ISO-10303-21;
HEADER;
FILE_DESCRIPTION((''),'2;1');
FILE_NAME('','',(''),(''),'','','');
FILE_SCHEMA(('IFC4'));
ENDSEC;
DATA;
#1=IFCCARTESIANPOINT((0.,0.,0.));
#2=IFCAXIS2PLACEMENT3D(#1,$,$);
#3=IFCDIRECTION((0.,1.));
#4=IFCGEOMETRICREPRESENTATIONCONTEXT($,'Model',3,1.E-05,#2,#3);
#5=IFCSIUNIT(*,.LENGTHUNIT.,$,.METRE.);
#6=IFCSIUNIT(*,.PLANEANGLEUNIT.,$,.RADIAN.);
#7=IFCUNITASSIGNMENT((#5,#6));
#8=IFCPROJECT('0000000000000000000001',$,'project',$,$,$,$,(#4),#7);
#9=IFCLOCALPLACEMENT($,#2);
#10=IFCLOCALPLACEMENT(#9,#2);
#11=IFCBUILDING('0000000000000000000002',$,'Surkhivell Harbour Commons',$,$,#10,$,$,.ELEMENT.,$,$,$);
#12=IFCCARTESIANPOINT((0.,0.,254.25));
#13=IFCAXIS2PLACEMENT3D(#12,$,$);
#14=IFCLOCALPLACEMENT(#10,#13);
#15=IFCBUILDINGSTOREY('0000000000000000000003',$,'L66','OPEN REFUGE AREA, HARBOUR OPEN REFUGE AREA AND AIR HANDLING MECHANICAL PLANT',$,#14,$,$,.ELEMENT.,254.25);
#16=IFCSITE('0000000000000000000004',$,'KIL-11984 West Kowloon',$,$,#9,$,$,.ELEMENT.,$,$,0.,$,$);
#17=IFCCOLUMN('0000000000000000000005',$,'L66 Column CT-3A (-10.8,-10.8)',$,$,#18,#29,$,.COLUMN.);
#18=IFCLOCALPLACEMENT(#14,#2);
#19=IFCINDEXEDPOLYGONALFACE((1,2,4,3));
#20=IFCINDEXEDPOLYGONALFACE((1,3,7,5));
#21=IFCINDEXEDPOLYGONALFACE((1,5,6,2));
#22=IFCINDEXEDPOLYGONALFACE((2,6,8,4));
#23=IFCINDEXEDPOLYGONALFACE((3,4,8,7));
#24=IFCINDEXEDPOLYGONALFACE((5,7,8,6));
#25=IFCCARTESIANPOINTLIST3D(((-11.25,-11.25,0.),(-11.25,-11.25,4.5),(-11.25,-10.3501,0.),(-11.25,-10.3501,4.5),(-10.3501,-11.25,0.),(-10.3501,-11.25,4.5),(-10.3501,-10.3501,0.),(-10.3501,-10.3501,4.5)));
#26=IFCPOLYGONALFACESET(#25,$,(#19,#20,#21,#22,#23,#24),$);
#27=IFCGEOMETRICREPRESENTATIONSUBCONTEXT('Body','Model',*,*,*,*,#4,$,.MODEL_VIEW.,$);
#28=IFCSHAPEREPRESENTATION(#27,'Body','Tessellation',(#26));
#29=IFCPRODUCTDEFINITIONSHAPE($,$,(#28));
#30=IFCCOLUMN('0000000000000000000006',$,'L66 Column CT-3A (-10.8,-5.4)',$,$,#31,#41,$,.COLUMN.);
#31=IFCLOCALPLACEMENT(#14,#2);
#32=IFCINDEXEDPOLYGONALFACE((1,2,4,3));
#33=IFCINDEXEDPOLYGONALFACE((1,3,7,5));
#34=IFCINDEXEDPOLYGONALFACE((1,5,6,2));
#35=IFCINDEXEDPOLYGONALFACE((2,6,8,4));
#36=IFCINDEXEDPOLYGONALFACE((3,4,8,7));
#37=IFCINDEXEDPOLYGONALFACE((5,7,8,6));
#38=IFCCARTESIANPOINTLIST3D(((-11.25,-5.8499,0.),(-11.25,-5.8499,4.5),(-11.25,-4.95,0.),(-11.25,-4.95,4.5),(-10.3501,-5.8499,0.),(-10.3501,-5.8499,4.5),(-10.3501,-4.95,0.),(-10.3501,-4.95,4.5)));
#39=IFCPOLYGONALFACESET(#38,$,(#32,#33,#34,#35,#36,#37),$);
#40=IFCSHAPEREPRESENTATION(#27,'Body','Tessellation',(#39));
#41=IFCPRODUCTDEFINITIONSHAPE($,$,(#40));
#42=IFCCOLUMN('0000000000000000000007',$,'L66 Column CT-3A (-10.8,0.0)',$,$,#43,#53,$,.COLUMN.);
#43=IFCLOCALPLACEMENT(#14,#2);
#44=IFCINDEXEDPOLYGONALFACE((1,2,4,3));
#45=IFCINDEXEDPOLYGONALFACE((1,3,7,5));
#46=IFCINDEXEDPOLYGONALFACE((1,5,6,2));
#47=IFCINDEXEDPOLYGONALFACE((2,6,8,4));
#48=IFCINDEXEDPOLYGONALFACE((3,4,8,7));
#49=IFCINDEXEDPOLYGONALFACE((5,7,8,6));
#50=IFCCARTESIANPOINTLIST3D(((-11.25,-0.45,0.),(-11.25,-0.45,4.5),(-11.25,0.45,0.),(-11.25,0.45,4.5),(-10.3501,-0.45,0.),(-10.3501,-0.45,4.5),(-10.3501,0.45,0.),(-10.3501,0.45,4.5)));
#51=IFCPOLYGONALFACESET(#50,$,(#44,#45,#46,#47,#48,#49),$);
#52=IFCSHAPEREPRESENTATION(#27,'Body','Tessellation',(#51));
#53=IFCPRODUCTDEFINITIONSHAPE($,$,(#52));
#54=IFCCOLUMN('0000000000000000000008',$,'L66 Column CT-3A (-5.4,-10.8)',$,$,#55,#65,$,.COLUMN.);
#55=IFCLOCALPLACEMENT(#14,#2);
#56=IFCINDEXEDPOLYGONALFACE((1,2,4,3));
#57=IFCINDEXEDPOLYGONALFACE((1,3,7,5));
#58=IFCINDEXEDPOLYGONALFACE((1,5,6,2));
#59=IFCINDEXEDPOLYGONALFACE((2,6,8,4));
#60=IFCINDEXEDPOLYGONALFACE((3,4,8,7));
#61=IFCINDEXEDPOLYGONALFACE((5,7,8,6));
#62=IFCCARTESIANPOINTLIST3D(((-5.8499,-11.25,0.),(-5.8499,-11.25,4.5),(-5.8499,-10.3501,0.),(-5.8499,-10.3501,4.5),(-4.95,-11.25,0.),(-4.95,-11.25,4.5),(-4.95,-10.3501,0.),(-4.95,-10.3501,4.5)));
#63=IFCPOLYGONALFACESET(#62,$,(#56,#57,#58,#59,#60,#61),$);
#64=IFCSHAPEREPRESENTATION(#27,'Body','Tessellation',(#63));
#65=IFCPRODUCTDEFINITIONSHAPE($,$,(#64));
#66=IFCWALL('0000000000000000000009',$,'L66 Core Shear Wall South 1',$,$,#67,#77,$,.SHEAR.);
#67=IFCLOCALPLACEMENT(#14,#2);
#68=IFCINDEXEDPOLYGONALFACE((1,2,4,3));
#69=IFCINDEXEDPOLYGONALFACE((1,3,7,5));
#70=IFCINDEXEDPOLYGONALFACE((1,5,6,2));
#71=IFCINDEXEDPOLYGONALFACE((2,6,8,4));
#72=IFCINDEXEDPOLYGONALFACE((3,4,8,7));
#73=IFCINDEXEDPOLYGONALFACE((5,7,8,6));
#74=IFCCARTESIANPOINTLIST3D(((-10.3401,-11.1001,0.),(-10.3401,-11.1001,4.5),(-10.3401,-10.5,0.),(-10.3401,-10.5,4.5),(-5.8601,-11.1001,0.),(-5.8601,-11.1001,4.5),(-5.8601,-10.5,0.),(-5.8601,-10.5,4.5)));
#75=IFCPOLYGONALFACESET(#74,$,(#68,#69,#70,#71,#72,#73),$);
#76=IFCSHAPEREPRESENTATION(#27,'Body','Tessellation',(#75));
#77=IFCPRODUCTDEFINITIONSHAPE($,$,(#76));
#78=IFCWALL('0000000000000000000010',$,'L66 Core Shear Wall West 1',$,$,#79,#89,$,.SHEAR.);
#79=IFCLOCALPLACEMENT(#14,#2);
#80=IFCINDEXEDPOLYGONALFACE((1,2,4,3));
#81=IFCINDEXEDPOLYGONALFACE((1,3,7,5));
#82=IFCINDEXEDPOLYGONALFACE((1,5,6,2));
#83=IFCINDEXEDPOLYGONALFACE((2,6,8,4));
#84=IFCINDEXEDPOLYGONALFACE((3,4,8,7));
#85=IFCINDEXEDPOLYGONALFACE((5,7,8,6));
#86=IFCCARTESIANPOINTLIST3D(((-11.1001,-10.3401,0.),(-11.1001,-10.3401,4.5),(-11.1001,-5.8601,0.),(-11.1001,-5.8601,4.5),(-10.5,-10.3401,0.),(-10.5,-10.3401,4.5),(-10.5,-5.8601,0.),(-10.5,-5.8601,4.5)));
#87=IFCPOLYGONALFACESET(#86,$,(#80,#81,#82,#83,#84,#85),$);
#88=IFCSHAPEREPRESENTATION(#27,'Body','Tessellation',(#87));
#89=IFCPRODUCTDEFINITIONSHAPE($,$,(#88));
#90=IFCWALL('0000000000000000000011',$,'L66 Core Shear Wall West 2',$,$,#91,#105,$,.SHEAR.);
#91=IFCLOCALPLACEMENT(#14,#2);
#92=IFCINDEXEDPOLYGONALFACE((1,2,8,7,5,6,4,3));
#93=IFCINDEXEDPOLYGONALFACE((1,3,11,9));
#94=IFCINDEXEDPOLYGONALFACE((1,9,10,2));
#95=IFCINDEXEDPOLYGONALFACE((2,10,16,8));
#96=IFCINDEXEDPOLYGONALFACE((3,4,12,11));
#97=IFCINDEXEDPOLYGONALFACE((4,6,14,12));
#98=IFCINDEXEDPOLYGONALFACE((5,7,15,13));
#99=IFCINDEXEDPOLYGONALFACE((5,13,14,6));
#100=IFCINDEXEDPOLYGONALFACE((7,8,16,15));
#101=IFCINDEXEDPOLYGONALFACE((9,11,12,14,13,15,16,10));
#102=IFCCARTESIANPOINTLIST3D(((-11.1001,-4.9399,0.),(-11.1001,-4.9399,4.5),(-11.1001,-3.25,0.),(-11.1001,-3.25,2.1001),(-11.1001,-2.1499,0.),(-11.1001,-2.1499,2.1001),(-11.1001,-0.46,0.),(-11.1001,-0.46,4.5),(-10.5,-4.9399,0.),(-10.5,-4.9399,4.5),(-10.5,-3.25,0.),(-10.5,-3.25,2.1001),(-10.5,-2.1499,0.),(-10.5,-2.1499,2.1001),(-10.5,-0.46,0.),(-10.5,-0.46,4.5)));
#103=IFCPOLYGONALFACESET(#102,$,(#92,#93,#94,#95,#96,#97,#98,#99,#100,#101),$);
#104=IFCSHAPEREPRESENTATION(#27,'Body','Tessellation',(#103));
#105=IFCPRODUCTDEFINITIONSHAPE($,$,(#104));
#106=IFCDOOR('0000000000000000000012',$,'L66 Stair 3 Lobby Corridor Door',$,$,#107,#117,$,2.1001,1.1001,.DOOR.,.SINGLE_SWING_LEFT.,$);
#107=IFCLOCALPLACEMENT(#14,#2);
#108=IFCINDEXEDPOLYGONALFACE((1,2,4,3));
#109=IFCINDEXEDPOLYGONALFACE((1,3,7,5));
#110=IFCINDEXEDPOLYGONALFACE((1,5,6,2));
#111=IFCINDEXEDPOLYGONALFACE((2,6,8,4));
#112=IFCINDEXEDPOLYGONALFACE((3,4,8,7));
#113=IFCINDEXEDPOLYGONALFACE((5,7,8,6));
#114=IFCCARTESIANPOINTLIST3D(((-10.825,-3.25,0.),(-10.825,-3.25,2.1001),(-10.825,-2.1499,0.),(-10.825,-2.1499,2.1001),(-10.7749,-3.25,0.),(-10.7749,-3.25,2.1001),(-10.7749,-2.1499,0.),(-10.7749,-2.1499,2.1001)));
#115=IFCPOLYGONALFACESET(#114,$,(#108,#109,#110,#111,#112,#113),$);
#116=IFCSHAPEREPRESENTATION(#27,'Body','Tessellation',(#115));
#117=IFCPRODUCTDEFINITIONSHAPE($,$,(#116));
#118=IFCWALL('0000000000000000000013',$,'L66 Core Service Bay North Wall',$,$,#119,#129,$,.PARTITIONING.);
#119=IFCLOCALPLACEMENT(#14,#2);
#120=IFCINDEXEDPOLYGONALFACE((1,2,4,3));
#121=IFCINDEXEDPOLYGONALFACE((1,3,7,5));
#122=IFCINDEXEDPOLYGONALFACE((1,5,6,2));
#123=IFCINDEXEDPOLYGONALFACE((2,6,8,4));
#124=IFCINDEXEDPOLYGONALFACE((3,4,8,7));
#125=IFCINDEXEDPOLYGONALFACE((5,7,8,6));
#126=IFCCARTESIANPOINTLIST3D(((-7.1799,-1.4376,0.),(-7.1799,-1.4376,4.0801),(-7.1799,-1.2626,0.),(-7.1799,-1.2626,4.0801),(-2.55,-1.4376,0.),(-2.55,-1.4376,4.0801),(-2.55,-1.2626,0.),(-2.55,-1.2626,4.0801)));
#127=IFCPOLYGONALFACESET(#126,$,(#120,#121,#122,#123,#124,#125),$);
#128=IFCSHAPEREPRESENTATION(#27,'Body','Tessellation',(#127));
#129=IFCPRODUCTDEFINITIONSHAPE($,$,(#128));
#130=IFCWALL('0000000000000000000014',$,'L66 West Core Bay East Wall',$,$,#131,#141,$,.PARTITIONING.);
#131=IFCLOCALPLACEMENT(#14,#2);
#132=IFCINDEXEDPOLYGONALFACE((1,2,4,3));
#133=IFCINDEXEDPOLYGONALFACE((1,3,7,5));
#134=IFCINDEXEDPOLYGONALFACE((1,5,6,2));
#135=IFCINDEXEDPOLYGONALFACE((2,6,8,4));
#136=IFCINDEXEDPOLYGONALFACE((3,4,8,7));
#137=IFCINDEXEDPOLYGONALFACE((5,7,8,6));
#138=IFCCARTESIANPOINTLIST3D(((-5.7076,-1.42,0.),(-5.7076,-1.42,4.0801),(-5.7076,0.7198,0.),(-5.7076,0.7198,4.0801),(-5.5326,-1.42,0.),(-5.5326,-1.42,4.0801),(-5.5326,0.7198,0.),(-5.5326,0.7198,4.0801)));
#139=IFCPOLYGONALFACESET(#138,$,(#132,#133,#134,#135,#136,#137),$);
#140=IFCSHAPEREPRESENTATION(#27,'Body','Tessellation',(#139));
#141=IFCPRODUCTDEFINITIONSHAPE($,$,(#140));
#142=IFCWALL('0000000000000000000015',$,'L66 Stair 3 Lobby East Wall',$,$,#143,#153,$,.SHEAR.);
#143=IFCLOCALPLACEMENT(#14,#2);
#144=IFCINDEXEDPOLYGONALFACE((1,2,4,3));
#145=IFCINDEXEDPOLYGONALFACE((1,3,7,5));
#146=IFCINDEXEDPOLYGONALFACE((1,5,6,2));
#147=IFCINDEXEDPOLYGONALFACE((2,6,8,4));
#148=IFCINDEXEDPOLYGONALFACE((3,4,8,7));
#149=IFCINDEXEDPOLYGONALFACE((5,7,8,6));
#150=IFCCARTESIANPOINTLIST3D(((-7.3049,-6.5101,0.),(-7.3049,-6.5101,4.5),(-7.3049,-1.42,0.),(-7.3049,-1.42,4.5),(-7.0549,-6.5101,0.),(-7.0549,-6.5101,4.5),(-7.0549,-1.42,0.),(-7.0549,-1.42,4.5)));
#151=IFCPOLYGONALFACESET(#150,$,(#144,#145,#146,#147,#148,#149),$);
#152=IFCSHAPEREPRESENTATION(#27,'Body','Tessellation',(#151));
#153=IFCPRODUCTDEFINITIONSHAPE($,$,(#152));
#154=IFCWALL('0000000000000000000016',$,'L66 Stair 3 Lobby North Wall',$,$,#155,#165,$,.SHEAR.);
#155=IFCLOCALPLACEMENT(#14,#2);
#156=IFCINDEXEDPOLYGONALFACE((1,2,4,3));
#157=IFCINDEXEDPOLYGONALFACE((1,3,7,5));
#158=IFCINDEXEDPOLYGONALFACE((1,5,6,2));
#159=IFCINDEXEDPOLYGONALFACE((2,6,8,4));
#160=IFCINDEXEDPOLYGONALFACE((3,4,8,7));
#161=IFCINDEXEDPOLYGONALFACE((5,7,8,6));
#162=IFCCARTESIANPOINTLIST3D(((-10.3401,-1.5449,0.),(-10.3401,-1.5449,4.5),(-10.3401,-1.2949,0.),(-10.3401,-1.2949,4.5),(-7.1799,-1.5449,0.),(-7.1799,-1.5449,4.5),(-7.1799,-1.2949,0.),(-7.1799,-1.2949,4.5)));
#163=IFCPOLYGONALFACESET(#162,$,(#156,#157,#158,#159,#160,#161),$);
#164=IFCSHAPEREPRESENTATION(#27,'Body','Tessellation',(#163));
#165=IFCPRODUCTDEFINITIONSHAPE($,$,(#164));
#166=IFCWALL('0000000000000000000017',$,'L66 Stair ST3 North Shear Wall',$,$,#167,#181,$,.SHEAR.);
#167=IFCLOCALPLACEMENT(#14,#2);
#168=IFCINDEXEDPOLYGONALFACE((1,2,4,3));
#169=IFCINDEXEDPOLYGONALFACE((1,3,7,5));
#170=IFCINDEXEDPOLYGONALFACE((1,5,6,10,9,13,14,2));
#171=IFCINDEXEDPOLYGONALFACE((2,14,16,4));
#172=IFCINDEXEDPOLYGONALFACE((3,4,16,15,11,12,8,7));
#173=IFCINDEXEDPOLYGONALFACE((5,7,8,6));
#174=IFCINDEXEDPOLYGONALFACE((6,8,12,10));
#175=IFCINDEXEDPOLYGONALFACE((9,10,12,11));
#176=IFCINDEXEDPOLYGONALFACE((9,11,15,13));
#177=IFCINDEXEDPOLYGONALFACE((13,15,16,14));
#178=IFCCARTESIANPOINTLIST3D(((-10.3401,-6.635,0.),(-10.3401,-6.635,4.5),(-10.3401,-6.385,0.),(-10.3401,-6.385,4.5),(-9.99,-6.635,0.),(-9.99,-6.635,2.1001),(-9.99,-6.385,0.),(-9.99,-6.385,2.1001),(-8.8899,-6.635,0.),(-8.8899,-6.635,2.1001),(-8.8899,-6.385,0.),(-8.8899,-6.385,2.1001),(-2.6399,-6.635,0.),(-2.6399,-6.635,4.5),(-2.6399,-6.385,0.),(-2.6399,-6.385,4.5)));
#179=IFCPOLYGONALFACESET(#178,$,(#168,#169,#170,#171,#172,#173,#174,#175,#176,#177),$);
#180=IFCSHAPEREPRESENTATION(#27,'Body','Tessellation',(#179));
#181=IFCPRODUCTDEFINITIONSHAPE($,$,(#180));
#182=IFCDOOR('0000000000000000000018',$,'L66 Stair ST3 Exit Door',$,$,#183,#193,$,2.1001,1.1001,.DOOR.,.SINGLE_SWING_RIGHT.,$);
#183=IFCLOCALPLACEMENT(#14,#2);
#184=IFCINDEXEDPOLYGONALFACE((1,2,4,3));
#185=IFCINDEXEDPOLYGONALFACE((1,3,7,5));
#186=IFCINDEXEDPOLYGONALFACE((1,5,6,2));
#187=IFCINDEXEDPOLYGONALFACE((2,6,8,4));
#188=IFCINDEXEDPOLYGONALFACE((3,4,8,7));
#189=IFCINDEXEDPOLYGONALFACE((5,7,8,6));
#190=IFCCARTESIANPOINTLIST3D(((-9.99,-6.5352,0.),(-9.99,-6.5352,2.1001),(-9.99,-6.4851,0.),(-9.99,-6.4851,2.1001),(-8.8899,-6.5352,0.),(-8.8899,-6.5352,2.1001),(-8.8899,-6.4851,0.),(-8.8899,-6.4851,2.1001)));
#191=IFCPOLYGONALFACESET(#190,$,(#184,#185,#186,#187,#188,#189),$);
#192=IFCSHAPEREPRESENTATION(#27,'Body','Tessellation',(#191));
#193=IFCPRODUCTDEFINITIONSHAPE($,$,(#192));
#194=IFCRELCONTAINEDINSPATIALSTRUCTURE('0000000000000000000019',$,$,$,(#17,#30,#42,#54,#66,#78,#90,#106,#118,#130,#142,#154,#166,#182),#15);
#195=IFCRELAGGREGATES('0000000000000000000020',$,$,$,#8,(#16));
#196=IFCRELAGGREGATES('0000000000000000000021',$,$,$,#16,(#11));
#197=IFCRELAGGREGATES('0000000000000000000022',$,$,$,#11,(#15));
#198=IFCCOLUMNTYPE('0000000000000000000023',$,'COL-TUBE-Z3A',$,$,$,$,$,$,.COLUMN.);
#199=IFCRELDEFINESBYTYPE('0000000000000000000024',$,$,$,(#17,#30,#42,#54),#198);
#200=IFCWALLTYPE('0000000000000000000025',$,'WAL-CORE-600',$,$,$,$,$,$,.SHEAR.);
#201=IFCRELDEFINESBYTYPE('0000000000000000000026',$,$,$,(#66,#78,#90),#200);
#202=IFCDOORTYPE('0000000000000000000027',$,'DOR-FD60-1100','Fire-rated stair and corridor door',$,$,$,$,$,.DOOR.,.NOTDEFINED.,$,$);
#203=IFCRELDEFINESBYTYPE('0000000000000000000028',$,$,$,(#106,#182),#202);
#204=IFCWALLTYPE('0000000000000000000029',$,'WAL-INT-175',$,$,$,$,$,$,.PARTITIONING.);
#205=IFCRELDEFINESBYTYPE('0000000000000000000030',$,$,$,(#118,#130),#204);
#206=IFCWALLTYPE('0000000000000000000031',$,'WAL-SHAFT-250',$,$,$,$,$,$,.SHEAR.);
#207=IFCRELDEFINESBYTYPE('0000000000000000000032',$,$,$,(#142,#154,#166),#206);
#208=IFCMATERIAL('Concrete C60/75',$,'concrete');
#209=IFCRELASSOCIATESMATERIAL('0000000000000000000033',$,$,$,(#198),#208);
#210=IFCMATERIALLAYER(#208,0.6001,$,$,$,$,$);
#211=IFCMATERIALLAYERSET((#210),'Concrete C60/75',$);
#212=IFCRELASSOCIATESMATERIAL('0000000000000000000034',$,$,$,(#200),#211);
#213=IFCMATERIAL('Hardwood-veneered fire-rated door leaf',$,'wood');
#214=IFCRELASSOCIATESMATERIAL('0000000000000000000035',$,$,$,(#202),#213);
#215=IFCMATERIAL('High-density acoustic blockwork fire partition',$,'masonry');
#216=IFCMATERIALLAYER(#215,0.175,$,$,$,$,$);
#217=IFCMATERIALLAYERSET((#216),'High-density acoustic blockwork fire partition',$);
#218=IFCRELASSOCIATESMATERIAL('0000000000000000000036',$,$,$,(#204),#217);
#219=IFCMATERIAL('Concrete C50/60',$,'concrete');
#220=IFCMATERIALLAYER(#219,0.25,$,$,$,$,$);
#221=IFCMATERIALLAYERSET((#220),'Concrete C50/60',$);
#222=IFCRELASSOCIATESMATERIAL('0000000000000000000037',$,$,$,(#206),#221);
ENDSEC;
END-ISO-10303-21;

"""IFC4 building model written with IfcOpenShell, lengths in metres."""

from ifc_helpers import new_model, si_unit, direction, frame, frame_2d, origin, origin_2d, place, context, subcontext, project, spatial, rectangle, extrude, material, layer, layer_set, material_profile, profile_set, type_object, element, fill, save


model = new_model("IFC4")

# Units and contexts
model_context = context("Model", 3, precision=1e-05, world=origin(), true_north=direction((0.0, 1.0)))
body_context = subcontext(model_context, "Body", "Model", "MODEL_VIEW")
ifc_project = project(units=[si_unit("LENGTHUNIT", "METRE"), si_unit("PLANEANGLEUNIT", "RADIAN")], contexts=[model_context])

# Site, building, storey
site_placement = place(None, origin())
site = spatial("IfcSite", under=ifc_project, at=site_placement, Name="KIL-11984 West Kowloon", CompositionType="ELEMENT", RefElevation=0.0)
building_placement = place(site_placement, origin())
building = spatial("IfcBuilding", under=site, at=building_placement, Name="Surkhivell Harbour Commons", CompositionType="ELEMENT")
storey_placement = place(building_placement, frame((0.0, 0.0, 254.25)))
storey = spatial("IfcBuildingStorey", under=building, at=storey_placement, Name="L66", Description="OPEN REFUGE AREA, HARBOUR OPEN REFUGE AREA AND AIR HANDLING MECHANICAL PLANT", CompositionType="ELEMENT", Elevation=254.25)

# Columns
ifc_material_1 = material(Name="Concrete C60/75", Category="concrete")
ifc_material_profile = material_profile(ifc_material_1, rectangle(XDim=0.8999, YDim=0.8999, at=origin_2d()), Name="RC-COL-900x900")
ifc_profile_set = profile_set([ifc_material_profile], Name="Concrete C60/75")
column_type = type_object("IfcColumnType", Name="COL-TUBE-Z3A", PredefinedType="COLUMN", material=ifc_profile_set)
for number, where, z_axis, x_axis, name in (
    (1, (-10.8, -10.8, 0.0), (0.0, 0.0, 1.0), (1.0, 0.0, 0.0), "L66 Column CT-3A (-10.8,-10.8)"),
    (2, (-10.8, -5.3999, 0.0), (0.0, 0.0, 1.0), (1.0, 0.0, 0.0), "L66 Column CT-3A (-10.8,-5.4)"),
    (3, (-10.8, 0.0, 0.0), (0.0, 0.0, 1.0), (1.0, 0.0, 0.0), "L66 Column CT-3A (-10.8,0.0)"),
    (4, (-5.3999, -10.8, 0.0), (0.0, 0.0, 1.0), (1.0, 0.0, 0.0), "L66 Column CT-3A (-5.4,-10.8)"),
):
    element("IfcColumn", number, at=place(storey_placement, frame(where, z_axis=z_axis, x_axis=x_axis)), inside=storey, type_object=column_type, Name=name, PredefinedType="COLUMN", context=body_context, shape_type="SweptSolid", body=[
        extrude(rectangle(XDim=0.8999, YDim=0.8999, at=origin_2d()), origin(), (0.0, 0.0, 1.0), 4.5),
    ])

# Walls
ifc_layer_1 = layer(ifc_material_1, 0.6001)
ifc_layer_set_1 = layer_set([ifc_layer_1], Name="Concrete C60/75")
wall_type_1 = type_object("IfcWallType", Name="WAL-CORE-600", PredefinedType="SHEAR", material=ifc_layer_set_1)
for number, where, z_axis, x_axis, name in (
    (5, (-10.3401, -10.8, 0.0), (0.0, 0.0, 1.0), (1.0, 0.0, 0.0), "L66 Core Shear Wall South 1"),
    (6, (-10.8, -10.3401, 0.0), (0.0, 0.0, 1.0), (0.0, 1.0, 0.0), "L66 Core Shear Wall West 1"),
):
    element("IfcWall", number, at=place(storey_placement, frame(where, z_axis=z_axis, x_axis=x_axis)), inside=storey, type_object=wall_type_1, Name=name, PredefinedType="SHEAR", context=body_context, shape_type="SweptSolid", body=[
        extrude(rectangle(XDim=4.48, YDim=0.6001, at=frame_2d((2.24, 0.0))), origin(), (0.0, 0.0, 1.0), 4.5),
    ])

# Wall, opening, door
wall_1_placement = place(storey_placement, frame((-10.8, -4.9399, 0.0), z_axis=(0.0, 0.0, 1.0), x_axis=(0.0, 1.0, 0.0)))
wall_1 = element("IfcWall", 7, at=wall_1_placement, inside=storey, type_object=wall_type_1, Name="L66 Core Shear Wall West 2", PredefinedType="SHEAR", context=body_context, shape_type="SweptSolid", body=[
    extrude(rectangle(XDim=4.48, YDim=0.6001, at=frame_2d((2.24, 0.0))), origin(), (0.0, 0.0, 1.0), 4.5),
])
opening_1_placement = place(wall_1_placement, frame((1.6899, 0.0, 0.0)))
opening_1 = element("IfcOpeningElement", 8, at=opening_1_placement, cuts=wall_1, PredefinedType="OPENING", context=body_context, shape_type="SweptSolid", body=[
    extrude(rectangle(XDim=1.1001, YDim=2.1001, at=frame_2d((0.55, 1.05))), frame((0.0, 0.3101, 0.0), z_axis=(0.0, -1.0, 0.0), x_axis=(1.0, 0.0, 0.0)), (0.0, 0.0, 1.0), 0.6201),
])
ifc_material_2 = material(Name="Hardwood-veneered fire-rated door leaf", Category="wood")
door_type = type_object("IfcDoorType", Name="DOR-FD60-1100", Description="Fire-rated stair and corridor door", OperationType="NOTDEFINED", PredefinedType="DOOR", material=ifc_material_2)
door_1_placement = place(opening_1_placement, origin())
door_1 = element("IfcDoor", 9, at=door_1_placement, inside=storey, type_object=door_type, Name="L66 Stair 3 Lobby Corridor Door", OperationType="SINGLE_SWING_LEFT", OverallHeight=2.1001, OverallWidth=1.1001, PredefinedType="DOOR", context=body_context, shape_type="SweptSolid", body=[
    extrude(rectangle(XDim=1.1001, YDim=2.1001, at=frame_2d((0.55, 1.05))), frame((0.0, 0.0249, 0.0), z_axis=(0.0, -1.0, 0.0), x_axis=(1.0, 0.0, 0.0)), (0.0, 0.0, 1.0), 0.05),
])
fill(opening_1, door_1)

# Walls
ifc_material_3 = material(Name="High-density acoustic blockwork fire partition", Category="masonry")
ifc_layer_2 = layer(ifc_material_3, 0.175)
ifc_layer_set_2 = layer_set([ifc_layer_2], Name="High-density acoustic blockwork fire partition")
wall_type_2 = type_object("IfcWallType", Name="WAL-INT-175", PredefinedType="PARTITIONING", material=ifc_layer_set_2)
wall_2_placement = place(storey_placement, frame((-7.1799, -1.3501, 0.0), z_axis=(0.0, 0.0, 1.0), x_axis=(1.0, 0.0, 0.0)))
element("IfcWall", 10, at=wall_2_placement, inside=storey, type_object=wall_type_2, Name="L66 Core Service Bay North Wall", PredefinedType="PARTITIONING", context=body_context, shape_type="SweptSolid", body=[
    extrude(rectangle(XDim=4.6299, YDim=0.175, at=frame_2d((2.3149, 0.0))), origin(), (0.0, 0.0, 1.0), 4.0801),
])
wall_3_placement = place(storey_placement, frame((-5.6201, -1.4199, 0.0), z_axis=(0.0, 0.0, 1.0), x_axis=(0.0, 1.0, 0.0)))
element("IfcWall", 11, at=wall_3_placement, inside=storey, type_object=wall_type_2, Name="L66 West Core Bay East Wall", PredefinedType="PARTITIONING", context=body_context, shape_type="SweptSolid", body=[
    extrude(rectangle(XDim=2.1399, YDim=0.175, at=frame_2d((1.0698, 0.0))), origin(), (0.0, 0.0, 1.0), 4.0801),
])
ifc_material_4 = material(Name="Concrete C50/60", Category="concrete")
ifc_layer_3 = layer(ifc_material_4, 0.25)
ifc_layer_set_3 = layer_set([ifc_layer_3], Name="Concrete C50/60")
wall_type_3 = type_object("IfcWallType", Name="WAL-SHAFT-250", PredefinedType="SHEAR", material=ifc_layer_set_3)
wall_4_placement = place(storey_placement, frame((-7.1799, -6.51, 0.0), z_axis=(0.0, 0.0, 1.0), x_axis=(0.0, 1.0, 0.0)))
element("IfcWall", 12, at=wall_4_placement, inside=storey, type_object=wall_type_3, Name="L66 Stair 3 Lobby East Wall", PredefinedType="SHEAR", context=body_context, shape_type="SweptSolid", body=[
    extrude(rectangle(XDim=5.0901, YDim=0.25, at=frame_2d((2.5449, 0.0))), origin(), (0.0, 0.0, 1.0), 4.5),
])
wall_5_placement = place(storey_placement, frame((-10.3401, -1.4199, 0.0), z_axis=(0.0, 0.0, 1.0), x_axis=(1.0, 0.0, 0.0)))
element("IfcWall", 13, at=wall_5_placement, inside=storey, type_object=wall_type_3, Name="L66 Stair 3 Lobby North Wall", PredefinedType="SHEAR", context=body_context, shape_type="SweptSolid", body=[
    extrude(rectangle(XDim=3.1602, YDim=0.25, at=frame_2d((1.5801, 0.0))), origin(), (0.0, 0.0, 1.0), 4.5),
])

# Wall, opening, door
wall_6_placement = place(storey_placement, frame((-10.3401, -6.51, 0.0), z_axis=(0.0, 0.0, 1.0), x_axis=(1.0, 0.0, 0.0)))
wall_6 = element("IfcWall", 14, at=wall_6_placement, inside=storey, type_object=wall_type_3, Name="L66 Stair ST3 North Shear Wall", PredefinedType="SHEAR", context=body_context, shape_type="SweptSolid", body=[
    extrude(rectangle(XDim=7.7002, YDim=0.25, at=frame_2d((3.8501, 0.0))), origin(), (0.0, 0.0, 1.0), 4.5),
])
opening_2_placement = place(wall_6_placement, frame((0.3501, 0.0, 0.0)))
opening_2 = element("IfcOpeningElement", 15, at=opening_2_placement, cuts=wall_6, PredefinedType="OPENING", context=body_context, shape_type="SweptSolid", body=[
    extrude(rectangle(XDim=1.1001, YDim=2.1001, at=frame_2d((0.55, 1.05))), frame((0.0, 0.135, 0.0), z_axis=(0.0, -1.0, 0.0), x_axis=(1.0, 0.0, 0.0)), (0.0, 0.0, 1.0), 0.27),
])
door_2_placement = place(opening_2_placement, origin())
door_2 = element("IfcDoor", 16, at=door_2_placement, inside=storey, type_object=door_type, Name="L66 Stair ST3 Exit Door", OperationType="SINGLE_SWING_RIGHT", OverallHeight=2.1001, OverallWidth=1.1001, PredefinedType="DOOR", context=body_context, shape_type="SweptSolid", body=[
    extrude(rectangle(XDim=1.1001, YDim=2.1001, at=frame_2d((0.55, 1.05))), frame((0.0, 0.0249, 0.0), z_axis=(0.0, -1.0, 0.0), x_axis=(1.0, 0.0, 0.0)), (0.0, 0.0, 1.0), 0.05),
])
fill(opening_2, door_2)

save(model, "model.ifc")
